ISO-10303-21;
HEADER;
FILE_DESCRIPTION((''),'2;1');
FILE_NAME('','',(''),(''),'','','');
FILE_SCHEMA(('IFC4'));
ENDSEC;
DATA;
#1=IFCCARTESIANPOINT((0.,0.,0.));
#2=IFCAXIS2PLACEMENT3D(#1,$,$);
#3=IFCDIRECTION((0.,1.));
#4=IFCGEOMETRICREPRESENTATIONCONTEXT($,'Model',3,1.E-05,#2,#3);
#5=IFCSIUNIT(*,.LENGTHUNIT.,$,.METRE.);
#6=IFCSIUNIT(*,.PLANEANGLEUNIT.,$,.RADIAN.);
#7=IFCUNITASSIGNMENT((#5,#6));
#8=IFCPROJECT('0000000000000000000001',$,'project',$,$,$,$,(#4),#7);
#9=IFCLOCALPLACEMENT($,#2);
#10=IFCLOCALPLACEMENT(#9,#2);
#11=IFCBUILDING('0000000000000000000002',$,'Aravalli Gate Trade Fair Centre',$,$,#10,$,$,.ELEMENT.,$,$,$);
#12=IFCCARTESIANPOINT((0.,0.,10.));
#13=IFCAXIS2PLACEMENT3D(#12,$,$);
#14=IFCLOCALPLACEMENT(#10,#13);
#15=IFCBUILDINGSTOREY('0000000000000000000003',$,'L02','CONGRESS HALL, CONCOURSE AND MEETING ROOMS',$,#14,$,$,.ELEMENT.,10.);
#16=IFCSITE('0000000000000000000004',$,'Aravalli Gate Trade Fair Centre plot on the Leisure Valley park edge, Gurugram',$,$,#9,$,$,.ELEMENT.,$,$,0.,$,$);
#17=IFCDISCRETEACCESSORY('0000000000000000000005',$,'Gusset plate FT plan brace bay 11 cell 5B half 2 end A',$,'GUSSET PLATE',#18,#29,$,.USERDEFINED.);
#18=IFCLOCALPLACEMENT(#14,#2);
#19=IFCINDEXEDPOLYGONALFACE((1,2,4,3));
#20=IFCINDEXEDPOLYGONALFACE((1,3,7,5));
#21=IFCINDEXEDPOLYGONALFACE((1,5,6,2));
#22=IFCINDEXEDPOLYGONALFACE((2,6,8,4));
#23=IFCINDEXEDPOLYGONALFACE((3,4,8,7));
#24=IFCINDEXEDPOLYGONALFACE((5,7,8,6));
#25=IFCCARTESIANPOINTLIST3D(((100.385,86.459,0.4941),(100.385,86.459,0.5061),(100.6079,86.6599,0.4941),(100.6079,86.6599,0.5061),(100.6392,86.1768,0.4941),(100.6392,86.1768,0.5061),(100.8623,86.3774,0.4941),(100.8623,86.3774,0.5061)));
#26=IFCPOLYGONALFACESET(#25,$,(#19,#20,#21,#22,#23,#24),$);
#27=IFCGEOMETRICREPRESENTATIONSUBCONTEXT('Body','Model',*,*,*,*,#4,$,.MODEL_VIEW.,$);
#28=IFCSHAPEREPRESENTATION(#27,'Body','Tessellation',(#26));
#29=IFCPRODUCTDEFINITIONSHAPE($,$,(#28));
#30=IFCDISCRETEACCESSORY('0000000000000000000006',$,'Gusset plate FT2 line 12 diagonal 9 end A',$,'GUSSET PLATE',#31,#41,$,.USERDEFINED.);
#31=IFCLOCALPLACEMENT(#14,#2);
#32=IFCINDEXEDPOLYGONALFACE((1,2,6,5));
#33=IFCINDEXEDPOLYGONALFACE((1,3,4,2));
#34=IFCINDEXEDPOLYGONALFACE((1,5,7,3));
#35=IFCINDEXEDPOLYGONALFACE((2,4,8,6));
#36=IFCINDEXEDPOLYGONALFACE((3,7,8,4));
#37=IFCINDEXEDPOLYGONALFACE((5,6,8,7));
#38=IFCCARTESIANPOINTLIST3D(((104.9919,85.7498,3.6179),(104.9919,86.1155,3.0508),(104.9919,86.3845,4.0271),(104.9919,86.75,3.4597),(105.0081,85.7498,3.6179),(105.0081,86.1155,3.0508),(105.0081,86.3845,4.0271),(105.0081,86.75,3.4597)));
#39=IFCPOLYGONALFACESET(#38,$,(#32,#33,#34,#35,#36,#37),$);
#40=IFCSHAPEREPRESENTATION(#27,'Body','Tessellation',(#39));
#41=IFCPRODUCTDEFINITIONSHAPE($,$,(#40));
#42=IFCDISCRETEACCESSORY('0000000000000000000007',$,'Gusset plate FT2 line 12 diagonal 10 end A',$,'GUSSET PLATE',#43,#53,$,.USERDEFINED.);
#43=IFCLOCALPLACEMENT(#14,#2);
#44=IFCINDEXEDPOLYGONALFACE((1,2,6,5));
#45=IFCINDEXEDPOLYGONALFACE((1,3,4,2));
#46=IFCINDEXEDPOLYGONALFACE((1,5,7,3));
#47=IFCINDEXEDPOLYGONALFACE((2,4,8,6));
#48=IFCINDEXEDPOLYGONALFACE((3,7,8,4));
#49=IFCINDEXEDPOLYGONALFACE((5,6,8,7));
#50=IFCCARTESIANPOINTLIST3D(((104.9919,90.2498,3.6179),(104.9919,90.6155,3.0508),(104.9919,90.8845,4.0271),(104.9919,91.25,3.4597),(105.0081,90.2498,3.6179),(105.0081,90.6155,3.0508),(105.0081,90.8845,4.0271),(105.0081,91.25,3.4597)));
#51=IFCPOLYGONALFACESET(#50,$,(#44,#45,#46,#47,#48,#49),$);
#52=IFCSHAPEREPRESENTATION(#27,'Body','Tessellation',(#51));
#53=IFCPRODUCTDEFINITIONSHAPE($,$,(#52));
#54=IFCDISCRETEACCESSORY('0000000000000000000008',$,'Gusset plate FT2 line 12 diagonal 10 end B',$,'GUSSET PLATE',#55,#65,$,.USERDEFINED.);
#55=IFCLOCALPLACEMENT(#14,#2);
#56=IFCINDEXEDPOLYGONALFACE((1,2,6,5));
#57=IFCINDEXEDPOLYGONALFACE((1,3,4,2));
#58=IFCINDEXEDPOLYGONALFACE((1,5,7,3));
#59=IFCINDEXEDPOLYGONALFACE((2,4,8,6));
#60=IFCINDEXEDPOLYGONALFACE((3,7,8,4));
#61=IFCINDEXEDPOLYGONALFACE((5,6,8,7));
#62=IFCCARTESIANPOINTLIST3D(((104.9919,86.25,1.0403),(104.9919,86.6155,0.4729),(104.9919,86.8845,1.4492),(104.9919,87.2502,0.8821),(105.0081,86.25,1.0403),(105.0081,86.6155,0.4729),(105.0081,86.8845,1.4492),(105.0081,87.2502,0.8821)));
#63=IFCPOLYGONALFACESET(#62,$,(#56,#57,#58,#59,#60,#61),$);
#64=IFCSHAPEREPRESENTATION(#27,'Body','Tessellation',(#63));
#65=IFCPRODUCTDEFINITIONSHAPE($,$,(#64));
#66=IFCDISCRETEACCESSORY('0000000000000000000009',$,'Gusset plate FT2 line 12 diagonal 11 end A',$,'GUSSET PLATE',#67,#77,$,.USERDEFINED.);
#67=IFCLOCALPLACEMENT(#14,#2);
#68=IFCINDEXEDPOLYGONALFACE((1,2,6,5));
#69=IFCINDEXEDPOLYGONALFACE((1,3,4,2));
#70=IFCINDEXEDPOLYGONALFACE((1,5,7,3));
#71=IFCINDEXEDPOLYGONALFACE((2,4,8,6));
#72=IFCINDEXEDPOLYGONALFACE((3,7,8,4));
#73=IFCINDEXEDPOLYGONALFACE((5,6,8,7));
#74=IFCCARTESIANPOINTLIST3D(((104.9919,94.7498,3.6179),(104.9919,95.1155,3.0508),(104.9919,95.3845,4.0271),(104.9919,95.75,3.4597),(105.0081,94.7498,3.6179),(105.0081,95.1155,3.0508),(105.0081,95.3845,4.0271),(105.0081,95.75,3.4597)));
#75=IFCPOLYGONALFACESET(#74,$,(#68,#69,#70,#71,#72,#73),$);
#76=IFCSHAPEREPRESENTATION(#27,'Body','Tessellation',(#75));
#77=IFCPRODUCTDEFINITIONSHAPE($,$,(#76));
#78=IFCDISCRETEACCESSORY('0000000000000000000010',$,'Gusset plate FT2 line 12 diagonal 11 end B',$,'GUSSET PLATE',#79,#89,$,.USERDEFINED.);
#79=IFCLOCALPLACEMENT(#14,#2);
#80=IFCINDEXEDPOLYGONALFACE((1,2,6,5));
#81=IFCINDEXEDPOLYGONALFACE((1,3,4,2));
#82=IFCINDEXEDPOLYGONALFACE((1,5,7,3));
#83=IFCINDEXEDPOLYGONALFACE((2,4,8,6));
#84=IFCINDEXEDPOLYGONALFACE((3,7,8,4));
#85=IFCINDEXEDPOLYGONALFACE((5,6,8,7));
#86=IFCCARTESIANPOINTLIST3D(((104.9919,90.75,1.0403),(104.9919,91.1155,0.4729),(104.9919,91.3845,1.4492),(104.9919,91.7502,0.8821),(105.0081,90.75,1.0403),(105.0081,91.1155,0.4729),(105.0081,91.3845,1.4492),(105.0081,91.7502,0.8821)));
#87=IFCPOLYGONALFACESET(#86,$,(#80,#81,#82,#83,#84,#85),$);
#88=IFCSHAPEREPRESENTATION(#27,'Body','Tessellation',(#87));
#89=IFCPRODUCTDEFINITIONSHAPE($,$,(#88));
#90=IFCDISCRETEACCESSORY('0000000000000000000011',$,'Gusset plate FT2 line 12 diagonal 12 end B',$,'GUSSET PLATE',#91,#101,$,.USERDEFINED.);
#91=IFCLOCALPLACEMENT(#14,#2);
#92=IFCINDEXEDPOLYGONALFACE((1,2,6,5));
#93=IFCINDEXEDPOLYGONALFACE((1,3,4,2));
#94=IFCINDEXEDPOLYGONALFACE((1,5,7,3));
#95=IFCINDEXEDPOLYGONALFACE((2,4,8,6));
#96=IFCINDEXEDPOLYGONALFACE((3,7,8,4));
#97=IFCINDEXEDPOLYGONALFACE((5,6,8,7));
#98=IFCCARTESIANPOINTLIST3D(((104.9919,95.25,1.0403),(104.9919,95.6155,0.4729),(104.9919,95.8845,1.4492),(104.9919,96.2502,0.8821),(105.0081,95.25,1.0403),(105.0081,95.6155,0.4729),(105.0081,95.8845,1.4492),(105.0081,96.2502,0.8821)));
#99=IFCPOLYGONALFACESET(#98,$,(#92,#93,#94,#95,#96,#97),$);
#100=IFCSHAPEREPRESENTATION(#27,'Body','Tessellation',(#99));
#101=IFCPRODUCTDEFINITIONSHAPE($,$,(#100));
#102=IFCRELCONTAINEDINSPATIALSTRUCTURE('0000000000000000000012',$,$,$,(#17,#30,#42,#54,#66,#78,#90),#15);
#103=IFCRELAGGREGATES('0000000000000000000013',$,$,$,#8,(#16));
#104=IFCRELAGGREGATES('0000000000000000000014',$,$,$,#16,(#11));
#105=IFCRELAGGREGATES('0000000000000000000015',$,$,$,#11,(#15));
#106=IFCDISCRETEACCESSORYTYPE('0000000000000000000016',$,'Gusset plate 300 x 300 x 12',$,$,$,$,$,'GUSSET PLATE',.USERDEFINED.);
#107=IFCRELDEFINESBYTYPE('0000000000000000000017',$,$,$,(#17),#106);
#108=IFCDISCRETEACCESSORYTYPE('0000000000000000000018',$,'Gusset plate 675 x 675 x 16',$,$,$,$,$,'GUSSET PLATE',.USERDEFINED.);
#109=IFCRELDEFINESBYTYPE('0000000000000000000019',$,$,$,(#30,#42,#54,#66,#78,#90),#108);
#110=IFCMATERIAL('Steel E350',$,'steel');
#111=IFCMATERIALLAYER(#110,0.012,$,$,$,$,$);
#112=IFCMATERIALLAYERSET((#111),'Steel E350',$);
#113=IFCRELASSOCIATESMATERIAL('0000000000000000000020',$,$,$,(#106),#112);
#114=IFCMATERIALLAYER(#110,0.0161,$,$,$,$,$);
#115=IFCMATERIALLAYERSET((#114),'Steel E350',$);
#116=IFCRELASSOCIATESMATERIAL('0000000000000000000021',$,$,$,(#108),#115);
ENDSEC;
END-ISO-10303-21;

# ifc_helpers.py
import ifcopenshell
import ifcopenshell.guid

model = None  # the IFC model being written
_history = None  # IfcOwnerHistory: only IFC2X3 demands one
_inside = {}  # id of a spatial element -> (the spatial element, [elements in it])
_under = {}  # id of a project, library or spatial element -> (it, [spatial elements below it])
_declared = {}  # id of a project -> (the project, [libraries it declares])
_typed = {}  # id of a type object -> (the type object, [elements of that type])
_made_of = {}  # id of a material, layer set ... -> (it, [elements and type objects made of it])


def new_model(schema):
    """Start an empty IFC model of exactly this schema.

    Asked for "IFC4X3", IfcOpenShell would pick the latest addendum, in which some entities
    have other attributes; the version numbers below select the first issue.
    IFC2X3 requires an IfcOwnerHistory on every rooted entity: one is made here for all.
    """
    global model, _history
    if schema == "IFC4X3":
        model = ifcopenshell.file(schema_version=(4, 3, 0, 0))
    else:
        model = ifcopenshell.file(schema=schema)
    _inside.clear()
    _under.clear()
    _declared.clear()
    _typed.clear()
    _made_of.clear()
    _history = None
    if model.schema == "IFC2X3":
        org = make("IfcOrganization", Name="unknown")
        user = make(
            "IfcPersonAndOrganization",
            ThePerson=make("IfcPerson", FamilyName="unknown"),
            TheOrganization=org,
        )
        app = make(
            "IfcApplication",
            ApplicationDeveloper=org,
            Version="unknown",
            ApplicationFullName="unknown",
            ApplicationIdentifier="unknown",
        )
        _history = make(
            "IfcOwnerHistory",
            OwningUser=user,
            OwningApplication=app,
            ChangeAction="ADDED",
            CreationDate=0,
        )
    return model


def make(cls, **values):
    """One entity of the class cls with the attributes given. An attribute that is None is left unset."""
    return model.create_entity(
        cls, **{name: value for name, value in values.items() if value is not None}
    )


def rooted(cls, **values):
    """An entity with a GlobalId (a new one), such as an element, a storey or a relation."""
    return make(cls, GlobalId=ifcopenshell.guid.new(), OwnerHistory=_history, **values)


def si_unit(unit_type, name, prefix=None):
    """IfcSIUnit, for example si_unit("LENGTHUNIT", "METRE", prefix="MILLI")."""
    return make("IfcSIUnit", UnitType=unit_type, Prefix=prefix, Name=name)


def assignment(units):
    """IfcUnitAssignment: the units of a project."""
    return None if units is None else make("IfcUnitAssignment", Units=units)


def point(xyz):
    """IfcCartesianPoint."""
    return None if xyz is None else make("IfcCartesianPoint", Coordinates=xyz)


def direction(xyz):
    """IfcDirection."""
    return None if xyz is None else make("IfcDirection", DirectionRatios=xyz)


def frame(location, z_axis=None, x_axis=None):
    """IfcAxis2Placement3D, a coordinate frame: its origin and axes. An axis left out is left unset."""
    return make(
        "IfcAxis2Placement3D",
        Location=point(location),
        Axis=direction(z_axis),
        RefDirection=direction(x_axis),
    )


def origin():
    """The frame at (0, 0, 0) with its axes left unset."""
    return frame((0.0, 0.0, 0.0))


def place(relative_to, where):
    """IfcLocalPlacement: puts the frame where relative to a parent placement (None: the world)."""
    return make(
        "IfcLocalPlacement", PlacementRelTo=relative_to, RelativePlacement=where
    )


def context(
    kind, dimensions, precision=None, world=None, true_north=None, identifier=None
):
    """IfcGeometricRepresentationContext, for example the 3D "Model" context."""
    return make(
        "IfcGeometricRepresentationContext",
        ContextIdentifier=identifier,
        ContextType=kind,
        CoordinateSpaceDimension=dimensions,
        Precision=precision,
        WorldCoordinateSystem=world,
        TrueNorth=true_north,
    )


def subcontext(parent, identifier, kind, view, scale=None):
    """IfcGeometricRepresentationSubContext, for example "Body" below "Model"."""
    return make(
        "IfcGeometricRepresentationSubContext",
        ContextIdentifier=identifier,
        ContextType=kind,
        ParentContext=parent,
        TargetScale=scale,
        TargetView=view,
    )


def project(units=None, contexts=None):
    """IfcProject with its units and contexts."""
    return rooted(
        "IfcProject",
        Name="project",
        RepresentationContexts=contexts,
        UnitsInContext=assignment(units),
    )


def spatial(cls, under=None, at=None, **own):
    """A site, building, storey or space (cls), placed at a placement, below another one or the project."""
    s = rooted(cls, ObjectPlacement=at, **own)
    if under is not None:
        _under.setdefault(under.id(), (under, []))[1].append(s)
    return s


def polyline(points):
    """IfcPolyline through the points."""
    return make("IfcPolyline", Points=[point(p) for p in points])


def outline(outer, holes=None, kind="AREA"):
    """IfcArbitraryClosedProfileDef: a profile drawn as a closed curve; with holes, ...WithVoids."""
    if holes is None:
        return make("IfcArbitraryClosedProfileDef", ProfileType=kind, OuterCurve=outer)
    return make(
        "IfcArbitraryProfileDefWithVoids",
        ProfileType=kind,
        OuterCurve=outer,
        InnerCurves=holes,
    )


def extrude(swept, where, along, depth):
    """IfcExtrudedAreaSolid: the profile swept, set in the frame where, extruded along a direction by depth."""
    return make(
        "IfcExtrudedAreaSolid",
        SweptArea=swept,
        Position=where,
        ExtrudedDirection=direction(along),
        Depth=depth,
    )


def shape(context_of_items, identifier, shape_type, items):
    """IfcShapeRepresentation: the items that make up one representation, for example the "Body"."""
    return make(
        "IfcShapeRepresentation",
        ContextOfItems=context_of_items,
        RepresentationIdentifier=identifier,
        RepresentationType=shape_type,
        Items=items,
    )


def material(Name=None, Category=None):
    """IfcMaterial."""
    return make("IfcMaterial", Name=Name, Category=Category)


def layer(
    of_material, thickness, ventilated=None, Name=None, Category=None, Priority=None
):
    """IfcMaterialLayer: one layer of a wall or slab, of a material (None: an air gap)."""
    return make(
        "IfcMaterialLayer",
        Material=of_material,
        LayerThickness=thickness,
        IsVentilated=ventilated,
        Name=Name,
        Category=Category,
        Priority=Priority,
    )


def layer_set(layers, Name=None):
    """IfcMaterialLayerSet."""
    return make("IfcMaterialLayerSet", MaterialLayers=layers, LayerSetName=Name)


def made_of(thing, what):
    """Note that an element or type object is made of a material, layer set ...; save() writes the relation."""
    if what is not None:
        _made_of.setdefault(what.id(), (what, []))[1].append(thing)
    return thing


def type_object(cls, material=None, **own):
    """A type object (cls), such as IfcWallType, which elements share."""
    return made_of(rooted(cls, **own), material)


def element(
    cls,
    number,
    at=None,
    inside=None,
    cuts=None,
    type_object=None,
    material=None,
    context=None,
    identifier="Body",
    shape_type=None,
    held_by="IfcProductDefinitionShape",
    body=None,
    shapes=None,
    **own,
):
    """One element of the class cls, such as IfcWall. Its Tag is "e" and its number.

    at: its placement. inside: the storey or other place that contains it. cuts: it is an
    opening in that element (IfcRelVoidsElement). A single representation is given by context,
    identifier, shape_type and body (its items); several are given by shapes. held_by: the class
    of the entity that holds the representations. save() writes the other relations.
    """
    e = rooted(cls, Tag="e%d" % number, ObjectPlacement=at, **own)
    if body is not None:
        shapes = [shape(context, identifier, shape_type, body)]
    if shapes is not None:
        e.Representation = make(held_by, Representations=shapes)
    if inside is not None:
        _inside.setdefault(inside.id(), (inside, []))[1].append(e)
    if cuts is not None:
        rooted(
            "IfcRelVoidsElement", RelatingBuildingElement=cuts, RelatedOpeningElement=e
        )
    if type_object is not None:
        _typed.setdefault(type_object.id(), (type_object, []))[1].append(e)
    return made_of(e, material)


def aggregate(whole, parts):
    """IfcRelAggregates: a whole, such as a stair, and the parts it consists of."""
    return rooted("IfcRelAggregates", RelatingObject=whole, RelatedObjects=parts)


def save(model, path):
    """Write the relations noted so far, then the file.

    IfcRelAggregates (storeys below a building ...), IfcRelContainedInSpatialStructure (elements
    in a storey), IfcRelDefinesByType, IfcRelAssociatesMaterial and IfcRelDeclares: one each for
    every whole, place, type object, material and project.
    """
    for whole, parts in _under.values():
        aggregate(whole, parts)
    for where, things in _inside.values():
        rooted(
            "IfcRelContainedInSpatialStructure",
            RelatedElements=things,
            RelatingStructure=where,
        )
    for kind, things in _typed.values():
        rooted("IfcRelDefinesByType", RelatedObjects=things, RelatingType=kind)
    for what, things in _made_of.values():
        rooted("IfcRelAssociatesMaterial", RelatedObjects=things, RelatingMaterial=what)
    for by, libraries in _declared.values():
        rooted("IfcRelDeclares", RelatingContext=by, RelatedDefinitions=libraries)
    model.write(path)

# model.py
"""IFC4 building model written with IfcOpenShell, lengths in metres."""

from ifc_helpers import new_model, si_unit, direction, frame, origin, place, context, subcontext, project, spatial, polyline, outline, extrude, material, layer, layer_set, type_object, element, save


model = new_model("IFC4")

# Units and contexts
model_context = context("Model", 3, precision=1e-05, world=origin(), true_north=direction((0.0, 1.0)))
body_context = subcontext(model_context, "Body", "Model", "MODEL_VIEW")
ifc_project = project(units=[si_unit("LENGTHUNIT", "METRE"), si_unit("PLANEANGLEUNIT", "RADIAN")], contexts=[model_context])

# Site, building, storey
site_placement = place(None, origin())
site = spatial("IfcSite", under=ifc_project, at=site_placement, Name="Aravalli Gate Trade Fair Centre plot on the Leisure Valley park edge, Gurugram", CompositionType="ELEMENT", RefElevation=0.0)
building_placement = place(site_placement, origin())
building = spatial("IfcBuilding", under=site, at=building_placement, Name="Aravalli Gate Trade Fair Centre", CompositionType="ELEMENT")
storey_placement = place(building_placement, frame((0.0, 0.0, 10.0)))
storey = spatial("IfcBuildingStorey", under=building, at=storey_placement, Name="L02", Description="CONGRESS HALL, CONCOURSE AND MEETING ROOMS", CompositionType="ELEMENT", Elevation=10.0)

# Shared definitions
ifc_material_1 = material(Name="Steel E350", Category="steel")

# Discrete accessories
ifc_layer_1 = layer(ifc_material_1, 0.012)
ifc_layer_set_1 = layer_set([ifc_layer_1], Name="Steel E350")
discrete_accessory_type_1 = type_object("IfcDiscreteAccessoryType", Name="Gusset plate 300 x 300 x 12", ElementType="GUSSET PLATE", PredefinedType="USERDEFINED", material=ifc_layer_set_1)
discrete_accessory_1_placement = place(storey_placement, frame((100.6392, 86.1768, 0.5061), z_axis=(0.0, 0.0, 1.0), x_axis=(-0.669178, 0.743102, 0.0)))
element("IfcDiscreteAccessory", 1, at=discrete_accessory_1_placement, inside=storey, type_object=discrete_accessory_type_1, Name="Gusset plate FT plan brace bay 11 cell 5B half 2 end A", ObjectType="GUSSET PLATE", PredefinedType="USERDEFINED", context=body_context, shape_type="SweptSolid", body=[
    extrude(outline(polyline([(0.0, 0.0), (0.3798, 0.0), (0.3799, -0.3001), (-0.0002, -0.3001), (0.0, 0.0)])), origin(), (0.0, 0.0, -1.0), 0.012),
])
ifc_layer_2 = layer(ifc_material_1, 0.0161)
ifc_layer_set_2 = layer_set([ifc_layer_2], Name="Steel E350")
discrete_accessory_type_2 = type_object("IfcDiscreteAccessoryType", Name="Gusset plate 675 x 675 x 16", ElementType="GUSSET PLATE", PredefinedType="USERDEFINED", material=ifc_layer_set_2)
for number, where, z_axis, x_axis, name in (
    (2, (104.9919, 85.7498, 3.6179), (-1.0, 0.0, 0.0), (0.0, 0.840506, 0.541803), "Gusset plate FT2 line 12 diagonal 9 end A"),
    (3, (104.9919, 90.2498, 3.6179), (-1.0, 0.0, 0.0), (0.0, 0.840506, 0.541803), "Gusset plate FT2 line 12 diagonal 10 end A"),
):
    element("IfcDiscreteAccessory", number, at=place(storey_placement, frame(where, z_axis=z_axis, x_axis=x_axis)), inside=storey, type_object=discrete_accessory_type_2, Name=name, ObjectType="GUSSET PLATE", PredefinedType="USERDEFINED", context=body_context, shape_type="SweptSolid", body=[
        extrude(outline(polyline([(0.0, 0.0), (0.7552, 0.0), (0.755, 0.6749), (0.0001, 0.6748), (0.0, 0.0)])), origin(), (0.0, 0.0, -1.0), 0.0161),
    ])
discrete_accessory_2_placement = place(storey_placement, frame((105.0081, 86.8845, 1.4492), z_axis=(1.0, 0.0, 0.0), x_axis=(0.0, -0.840558, -0.541722)))
element("IfcDiscreteAccessory", 4, at=discrete_accessory_2_placement, inside=storey, type_object=discrete_accessory_type_2, Name="Gusset plate FT2 line 12 diagonal 10 end B", ObjectType="GUSSET PLATE", PredefinedType="USERDEFINED", context=body_context, shape_type="SweptSolid", body=[
    extrude(outline(polyline([(0.0, 0.0), (0.7549, 0.0), (0.755, 0.6749), (-0.0002, 0.6748), (0.0, 0.0)])), origin(), (0.0, 0.0, -1.0), 0.0161),
])
discrete_accessory_3_placement = place(storey_placement, frame((104.9919, 94.7498, 3.6179), z_axis=(-1.0, 0.0, 0.0), x_axis=(0.0, 0.840506, 0.541803)))
element("IfcDiscreteAccessory", 5, at=discrete_accessory_3_placement, inside=storey, type_object=discrete_accessory_type_2, Name="Gusset plate FT2 line 12 diagonal 11 end A", ObjectType="GUSSET PLATE", PredefinedType="USERDEFINED", context=body_context, shape_type="SweptSolid", body=[
    extrude(outline(polyline([(0.0, 0.0), (0.7552, 0.0), (0.755, 0.6749), (0.0001, 0.6748), (0.0, 0.0)])), origin(), (0.0, 0.0, -1.0), 0.0161),
])
for number, where, z_axis, x_axis, name in (
    (6, (105.0081, 91.3845, 1.4492), (1.0, 0.0, 0.0), (0.0, -0.840558, -0.541722), "Gusset plate FT2 line 12 diagonal 11 end B"),
    (7, (105.0081, 95.8845, 1.4492), (1.0, 0.0, 0.0), (0.0, -0.840558, -0.541722), "Gusset plate FT2 line 12 diagonal 12 end B"),
):
    element("IfcDiscreteAccessory", number, at=place(storey_placement, frame(where, z_axis=z_axis, x_axis=x_axis)), inside=storey, type_object=discrete_accessory_type_2, Name=name, ObjectType="GUSSET PLATE", PredefinedType="USERDEFINED", context=body_context, shape_type="SweptSolid", body=[
        extrude(outline(polyline([(0.0, 0.0), (0.7549, 0.0), (0.755, 0.6749), (-0.0002, 0.6748), (0.0, 0.0)])), origin(), (0.0, 0.0, -1.0), 0.0161),
    ])

save(model, "model.ifc")
